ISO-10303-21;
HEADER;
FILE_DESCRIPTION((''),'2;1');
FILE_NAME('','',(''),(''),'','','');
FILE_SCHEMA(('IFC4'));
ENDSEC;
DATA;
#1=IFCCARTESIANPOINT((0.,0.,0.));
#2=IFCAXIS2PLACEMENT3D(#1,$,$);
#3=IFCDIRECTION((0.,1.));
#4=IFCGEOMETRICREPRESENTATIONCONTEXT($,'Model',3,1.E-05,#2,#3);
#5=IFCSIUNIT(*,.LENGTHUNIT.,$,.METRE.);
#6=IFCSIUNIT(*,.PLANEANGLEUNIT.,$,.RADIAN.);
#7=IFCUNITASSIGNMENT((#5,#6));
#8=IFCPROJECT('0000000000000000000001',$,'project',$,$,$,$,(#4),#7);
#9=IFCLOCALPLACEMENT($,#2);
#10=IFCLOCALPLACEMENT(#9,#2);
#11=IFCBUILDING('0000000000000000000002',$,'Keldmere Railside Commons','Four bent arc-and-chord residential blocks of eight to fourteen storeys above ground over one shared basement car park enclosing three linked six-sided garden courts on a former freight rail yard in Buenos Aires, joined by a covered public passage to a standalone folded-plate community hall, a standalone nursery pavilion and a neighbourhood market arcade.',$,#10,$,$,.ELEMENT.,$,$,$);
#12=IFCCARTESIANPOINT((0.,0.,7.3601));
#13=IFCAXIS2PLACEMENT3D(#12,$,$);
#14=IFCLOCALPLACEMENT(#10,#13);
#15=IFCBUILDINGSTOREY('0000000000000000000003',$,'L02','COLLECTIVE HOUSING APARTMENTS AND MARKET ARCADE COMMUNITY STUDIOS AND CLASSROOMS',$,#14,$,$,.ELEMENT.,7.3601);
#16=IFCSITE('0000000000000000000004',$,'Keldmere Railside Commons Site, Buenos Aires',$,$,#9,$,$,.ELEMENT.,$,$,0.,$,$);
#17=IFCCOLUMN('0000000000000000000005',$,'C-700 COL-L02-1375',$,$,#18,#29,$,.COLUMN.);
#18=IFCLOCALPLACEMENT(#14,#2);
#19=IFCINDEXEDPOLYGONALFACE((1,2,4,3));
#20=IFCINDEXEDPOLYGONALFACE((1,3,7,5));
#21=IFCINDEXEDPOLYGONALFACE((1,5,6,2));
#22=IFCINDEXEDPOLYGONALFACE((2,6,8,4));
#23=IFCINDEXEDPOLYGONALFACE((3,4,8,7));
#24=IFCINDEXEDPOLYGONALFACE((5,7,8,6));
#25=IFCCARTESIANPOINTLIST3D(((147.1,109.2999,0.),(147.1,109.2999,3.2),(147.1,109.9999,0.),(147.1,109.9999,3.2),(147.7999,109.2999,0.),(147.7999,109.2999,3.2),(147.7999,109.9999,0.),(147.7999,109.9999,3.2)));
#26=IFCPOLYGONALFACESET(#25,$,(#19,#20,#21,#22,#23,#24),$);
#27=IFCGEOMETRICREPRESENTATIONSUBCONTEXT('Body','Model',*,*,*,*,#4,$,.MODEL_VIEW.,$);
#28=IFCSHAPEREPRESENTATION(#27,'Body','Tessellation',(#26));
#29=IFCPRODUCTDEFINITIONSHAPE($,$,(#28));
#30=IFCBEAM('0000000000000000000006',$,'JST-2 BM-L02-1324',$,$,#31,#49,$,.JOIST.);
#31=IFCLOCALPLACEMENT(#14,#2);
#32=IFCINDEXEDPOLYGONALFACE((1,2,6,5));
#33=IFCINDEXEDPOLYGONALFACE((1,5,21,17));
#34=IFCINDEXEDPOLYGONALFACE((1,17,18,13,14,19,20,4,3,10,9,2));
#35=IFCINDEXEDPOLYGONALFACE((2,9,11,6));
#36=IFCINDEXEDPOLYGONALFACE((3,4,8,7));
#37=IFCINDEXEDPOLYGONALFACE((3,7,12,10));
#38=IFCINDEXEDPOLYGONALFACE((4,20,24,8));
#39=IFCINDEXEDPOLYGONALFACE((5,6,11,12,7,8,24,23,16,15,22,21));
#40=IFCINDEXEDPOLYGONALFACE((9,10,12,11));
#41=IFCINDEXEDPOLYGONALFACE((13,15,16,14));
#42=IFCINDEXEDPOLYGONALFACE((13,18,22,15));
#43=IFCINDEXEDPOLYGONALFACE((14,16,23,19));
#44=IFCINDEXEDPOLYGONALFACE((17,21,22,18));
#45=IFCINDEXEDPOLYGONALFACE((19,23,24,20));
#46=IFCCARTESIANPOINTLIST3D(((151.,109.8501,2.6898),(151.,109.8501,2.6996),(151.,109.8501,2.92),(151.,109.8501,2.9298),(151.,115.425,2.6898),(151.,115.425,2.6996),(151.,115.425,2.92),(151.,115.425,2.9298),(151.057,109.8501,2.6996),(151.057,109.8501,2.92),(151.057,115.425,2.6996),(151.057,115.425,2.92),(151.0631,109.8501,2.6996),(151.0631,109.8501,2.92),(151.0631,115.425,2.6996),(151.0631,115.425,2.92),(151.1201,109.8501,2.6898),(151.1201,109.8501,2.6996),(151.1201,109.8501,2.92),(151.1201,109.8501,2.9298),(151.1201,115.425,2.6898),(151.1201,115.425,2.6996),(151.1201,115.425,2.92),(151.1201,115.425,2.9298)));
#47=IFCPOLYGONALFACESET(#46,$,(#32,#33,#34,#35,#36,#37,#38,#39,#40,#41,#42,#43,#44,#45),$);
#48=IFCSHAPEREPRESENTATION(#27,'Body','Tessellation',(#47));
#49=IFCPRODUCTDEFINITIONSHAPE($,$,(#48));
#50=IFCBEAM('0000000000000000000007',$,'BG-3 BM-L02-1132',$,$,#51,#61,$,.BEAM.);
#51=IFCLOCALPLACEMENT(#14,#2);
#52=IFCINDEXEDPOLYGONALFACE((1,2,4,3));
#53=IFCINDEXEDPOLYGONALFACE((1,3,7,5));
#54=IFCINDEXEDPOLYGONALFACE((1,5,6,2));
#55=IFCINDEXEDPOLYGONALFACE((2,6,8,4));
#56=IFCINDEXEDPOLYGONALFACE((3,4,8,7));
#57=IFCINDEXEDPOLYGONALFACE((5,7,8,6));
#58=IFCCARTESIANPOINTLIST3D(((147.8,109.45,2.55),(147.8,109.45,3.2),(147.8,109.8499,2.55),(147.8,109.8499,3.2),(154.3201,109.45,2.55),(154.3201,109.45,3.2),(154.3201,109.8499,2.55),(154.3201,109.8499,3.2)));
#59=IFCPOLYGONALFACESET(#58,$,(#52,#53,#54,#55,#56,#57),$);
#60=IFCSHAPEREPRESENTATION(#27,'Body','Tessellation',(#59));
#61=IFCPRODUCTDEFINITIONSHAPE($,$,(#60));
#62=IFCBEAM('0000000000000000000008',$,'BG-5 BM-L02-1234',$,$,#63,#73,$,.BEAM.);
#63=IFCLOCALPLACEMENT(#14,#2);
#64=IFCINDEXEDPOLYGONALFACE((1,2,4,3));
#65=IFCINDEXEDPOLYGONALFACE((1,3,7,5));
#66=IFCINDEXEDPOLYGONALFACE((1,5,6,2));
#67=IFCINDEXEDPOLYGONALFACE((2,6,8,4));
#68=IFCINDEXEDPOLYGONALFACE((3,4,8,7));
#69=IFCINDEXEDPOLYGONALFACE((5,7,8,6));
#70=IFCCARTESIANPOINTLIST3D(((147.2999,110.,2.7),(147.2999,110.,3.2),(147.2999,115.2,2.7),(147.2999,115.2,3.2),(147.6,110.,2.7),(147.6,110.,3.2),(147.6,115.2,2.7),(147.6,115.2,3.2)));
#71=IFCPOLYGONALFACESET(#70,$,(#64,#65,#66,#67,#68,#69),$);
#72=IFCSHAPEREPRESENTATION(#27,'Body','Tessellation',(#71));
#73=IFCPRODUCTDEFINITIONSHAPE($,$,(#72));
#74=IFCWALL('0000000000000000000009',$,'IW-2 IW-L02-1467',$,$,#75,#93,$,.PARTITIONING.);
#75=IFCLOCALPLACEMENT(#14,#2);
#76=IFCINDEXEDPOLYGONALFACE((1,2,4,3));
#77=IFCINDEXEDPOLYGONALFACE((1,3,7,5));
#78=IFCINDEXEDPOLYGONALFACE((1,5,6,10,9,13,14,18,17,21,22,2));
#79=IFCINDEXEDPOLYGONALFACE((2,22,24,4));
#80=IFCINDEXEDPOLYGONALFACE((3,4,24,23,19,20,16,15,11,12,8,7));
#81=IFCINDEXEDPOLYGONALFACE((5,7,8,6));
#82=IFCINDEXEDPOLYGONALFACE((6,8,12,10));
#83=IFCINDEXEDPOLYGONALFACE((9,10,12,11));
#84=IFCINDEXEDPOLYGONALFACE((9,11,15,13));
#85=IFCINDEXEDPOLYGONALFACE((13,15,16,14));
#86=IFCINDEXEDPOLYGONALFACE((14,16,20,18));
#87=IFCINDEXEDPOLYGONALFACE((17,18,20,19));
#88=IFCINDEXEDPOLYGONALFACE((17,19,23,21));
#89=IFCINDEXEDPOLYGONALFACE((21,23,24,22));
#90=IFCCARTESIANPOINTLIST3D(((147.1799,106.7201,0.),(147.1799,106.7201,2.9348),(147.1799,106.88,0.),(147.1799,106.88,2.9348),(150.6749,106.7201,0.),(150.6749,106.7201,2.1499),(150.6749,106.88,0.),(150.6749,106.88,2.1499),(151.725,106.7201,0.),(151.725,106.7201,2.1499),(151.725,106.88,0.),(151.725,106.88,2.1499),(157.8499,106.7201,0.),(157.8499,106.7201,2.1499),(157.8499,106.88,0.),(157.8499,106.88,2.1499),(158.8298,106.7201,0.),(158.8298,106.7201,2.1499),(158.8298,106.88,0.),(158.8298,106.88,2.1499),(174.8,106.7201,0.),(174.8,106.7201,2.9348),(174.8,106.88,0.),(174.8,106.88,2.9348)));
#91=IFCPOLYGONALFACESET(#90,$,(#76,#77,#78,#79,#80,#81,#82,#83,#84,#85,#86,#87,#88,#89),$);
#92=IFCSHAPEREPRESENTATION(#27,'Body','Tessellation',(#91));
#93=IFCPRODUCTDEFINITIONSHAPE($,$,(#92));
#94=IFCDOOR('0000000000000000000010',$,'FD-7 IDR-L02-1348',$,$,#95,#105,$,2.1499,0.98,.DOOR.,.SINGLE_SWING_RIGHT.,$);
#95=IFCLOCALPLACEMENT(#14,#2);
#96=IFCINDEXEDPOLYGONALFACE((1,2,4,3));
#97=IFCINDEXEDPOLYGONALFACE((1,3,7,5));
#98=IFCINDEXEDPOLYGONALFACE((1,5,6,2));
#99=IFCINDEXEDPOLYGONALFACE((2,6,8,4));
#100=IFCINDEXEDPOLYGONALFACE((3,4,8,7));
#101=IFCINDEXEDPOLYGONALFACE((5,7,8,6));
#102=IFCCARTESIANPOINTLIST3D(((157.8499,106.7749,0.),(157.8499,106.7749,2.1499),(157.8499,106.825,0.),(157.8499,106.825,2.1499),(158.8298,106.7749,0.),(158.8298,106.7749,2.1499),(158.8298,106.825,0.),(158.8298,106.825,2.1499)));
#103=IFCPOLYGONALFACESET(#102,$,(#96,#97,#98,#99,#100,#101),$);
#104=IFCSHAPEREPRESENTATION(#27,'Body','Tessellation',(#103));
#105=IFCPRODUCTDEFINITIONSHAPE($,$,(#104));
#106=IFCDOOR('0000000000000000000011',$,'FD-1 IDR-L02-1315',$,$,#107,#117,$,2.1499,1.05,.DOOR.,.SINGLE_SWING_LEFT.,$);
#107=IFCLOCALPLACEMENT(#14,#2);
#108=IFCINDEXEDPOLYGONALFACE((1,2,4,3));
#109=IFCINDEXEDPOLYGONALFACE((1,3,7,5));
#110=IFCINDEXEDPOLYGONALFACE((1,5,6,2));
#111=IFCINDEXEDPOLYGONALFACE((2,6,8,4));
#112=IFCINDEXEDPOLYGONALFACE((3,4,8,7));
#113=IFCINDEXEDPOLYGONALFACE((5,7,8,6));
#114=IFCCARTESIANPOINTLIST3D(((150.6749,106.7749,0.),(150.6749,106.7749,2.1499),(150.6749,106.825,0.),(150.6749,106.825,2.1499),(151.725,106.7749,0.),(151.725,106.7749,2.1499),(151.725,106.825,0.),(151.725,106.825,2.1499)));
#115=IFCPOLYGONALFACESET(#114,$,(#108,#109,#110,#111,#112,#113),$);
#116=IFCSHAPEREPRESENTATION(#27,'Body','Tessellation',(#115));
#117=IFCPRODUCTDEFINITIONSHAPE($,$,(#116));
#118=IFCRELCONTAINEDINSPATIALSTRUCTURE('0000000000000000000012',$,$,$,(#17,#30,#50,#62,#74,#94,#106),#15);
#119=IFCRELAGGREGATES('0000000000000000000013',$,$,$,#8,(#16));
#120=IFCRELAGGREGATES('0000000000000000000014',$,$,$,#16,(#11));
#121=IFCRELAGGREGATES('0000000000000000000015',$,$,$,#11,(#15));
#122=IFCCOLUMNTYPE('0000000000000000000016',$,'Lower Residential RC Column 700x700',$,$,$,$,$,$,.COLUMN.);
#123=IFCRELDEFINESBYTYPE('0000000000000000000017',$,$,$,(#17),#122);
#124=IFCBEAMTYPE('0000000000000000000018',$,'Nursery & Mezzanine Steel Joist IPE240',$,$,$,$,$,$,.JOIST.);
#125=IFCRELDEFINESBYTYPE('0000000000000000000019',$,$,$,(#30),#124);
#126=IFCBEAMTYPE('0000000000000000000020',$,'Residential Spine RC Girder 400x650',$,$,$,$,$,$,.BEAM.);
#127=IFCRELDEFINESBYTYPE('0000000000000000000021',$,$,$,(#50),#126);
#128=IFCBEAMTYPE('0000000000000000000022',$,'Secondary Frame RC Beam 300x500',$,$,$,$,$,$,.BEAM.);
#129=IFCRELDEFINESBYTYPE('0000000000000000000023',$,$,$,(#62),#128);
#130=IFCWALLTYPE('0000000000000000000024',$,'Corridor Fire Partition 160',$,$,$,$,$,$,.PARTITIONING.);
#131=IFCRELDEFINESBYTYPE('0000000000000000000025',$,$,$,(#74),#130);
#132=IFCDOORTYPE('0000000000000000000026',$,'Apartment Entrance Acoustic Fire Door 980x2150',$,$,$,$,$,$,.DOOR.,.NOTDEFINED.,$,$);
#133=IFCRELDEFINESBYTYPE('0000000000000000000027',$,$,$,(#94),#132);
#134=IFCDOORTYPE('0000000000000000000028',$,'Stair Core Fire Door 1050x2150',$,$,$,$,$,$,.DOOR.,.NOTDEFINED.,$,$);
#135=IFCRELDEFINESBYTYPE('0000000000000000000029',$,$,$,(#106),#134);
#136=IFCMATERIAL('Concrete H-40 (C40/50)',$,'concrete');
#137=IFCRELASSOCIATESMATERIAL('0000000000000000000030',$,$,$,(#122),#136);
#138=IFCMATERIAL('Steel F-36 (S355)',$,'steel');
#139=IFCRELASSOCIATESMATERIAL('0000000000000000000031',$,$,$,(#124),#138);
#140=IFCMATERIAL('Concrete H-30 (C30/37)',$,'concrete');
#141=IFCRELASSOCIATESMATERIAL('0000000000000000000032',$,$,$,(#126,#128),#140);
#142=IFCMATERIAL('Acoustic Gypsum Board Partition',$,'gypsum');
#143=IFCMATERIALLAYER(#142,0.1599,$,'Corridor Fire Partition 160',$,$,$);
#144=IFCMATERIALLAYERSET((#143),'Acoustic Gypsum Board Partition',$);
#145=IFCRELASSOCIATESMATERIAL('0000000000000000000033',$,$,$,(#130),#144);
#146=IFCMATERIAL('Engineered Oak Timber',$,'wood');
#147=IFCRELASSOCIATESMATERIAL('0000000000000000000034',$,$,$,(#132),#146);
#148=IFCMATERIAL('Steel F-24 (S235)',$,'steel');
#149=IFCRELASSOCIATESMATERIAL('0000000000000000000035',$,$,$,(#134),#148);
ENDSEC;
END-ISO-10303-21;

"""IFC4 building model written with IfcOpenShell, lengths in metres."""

from ifc_helpers import new_model, si_unit, direction, frame, frame_2d, origin, origin_2d, place, context, subcontext, project, spatial, rectangle, i_section, extrude, material, layer, layer_set, material_profile, profile_set, type_object, element, fill, save


model = new_model("IFC4")

# Units and contexts
model_context = context("Model", 3, precision=1e-05, world=origin(), true_north=direction((0.0, 1.0)))
body_context = subcontext(model_context, "Body", "Model", "MODEL_VIEW")
ifc_project = project(units=[si_unit("LENGTHUNIT", "METRE"), si_unit("PLANEANGLEUNIT", "RADIAN")], contexts=[model_context])

# Site, building, storey
site_placement = place(None, origin())
site = spatial("IfcSite", under=ifc_project, at=site_placement, Name="Keldmere Railside Commons Site, Buenos Aires", CompositionType="ELEMENT", RefElevation=0.0)
building_placement = place(site_placement, origin())
building = spatial("IfcBuilding", under=site, at=building_placement, Name="Keldmere Railside Commons", Description="Four bent arc-and-chord residential blocks of eight to fourteen storeys above ground over one shared basement car park enclosing three linked six-sided garden courts on a former freight rail yard in Buenos Aires, joined by a covered public passage to a standalone folded-plate community hall, a standalone nursery pavilion and a neighbourhood market arcade.", CompositionType="ELEMENT")
storey_placement = place(building_placement, frame((0.0, 0.0, 7.3601)))
storey = spatial("IfcBuildingStorey", under=building, at=storey_placement, Name="L02", Description="COLLECTIVE HOUSING APARTMENTS AND MARKET ARCADE COMMUNITY STUDIOS AND CLASSROOMS", CompositionType="ELEMENT", Elevation=7.3601)

# Column
ifc_material_1 = material(Name="Concrete H-40 (C40/50)", Category="concrete")
ifc_material_profile_1 = material_profile(ifc_material_1, rectangle(XDim=0.7, YDim=0.7, at=origin_2d()), Name="RC-700x700")
ifc_profile_set_1 = profile_set([ifc_material_profile_1], Name="Concrete H-40 (C40/50)")
column_type = type_object("IfcColumnType", Name="Lower Residential RC Column 700x700", PredefinedType="COLUMN", material=ifc_profile_set_1)
column_placement = place(storey_placement, frame((147.45, 109.6499, 0.0), z_axis=(0.0, 0.0, 1.0), x_axis=(1.0, 0.0, 0.0)))
element("IfcColumn", 1, at=column_placement, inside=storey, type_object=column_type, Name="C-700 COL-L02-1375", PredefinedType="COLUMN", context=body_context, shape_type="SweptSolid", body=[
    extrude(rectangle(XDim=0.7, YDim=0.7, at=origin_2d()), origin(), (0.0, 0.0, 1.0), 3.2),
])

# Beams
ifc_material_2 = material(Name="Steel F-36 (S355)", Category="steel")
ifc_material_profile_2 = material_profile(ifc_material_2, i_section(OverallWidth=0.1201, OverallDepth=0.24, WebThickness=0.0061, FlangeThickness=0.0098, at=origin_2d()), Name="IPE-240")
ifc_profile_set_2 = profile_set([ifc_material_profile_2], Name="Steel F-36 (S355)")
beam_type_1 = type_object("IfcBeamType", Name="Nursery & Mezzanine Steel Joist IPE240", PredefinedType="JOIST", material=ifc_profile_set_2)
beam_1_placement = place(storey_placement, frame((151.0601, 109.8501, 2.8098), z_axis=(0.0, 1.0, 0.0), x_axis=(-1.0, 0.0, 0.0)))
element("IfcBeam", 2, at=beam_1_placement, inside=storey, type_object=beam_type_1, Name="JST-2 BM-L02-1324", PredefinedType="JOIST", context=body_context, shape_type="SweptSolid", body=[
    extrude(i_section(OverallWidth=0.1201, OverallDepth=0.24, WebThickness=0.0061, FlangeThickness=0.0098, at=origin_2d()), origin(), (0.0, 0.0, 1.0), 5.575),
])
ifc_material_3 = material(Name="Concrete H-30 (C30/37)", Category="concrete")
ifc_material_profile_3 = material_profile(ifc_material_3, rectangle(XDim=0.3999, YDim=0.6499, at=origin_2d()), Name="RC-400x650")
ifc_profile_set_3 = profile_set([ifc_material_profile_3], Name="Concrete H-30 (C30/37)")
beam_type_2 = type_object("IfcBeamType", Name="Residential Spine RC Girder 400x650", PredefinedType="BEAM", material=ifc_profile_set_3)
beam_2_placement = place(storey_placement, frame((147.8, 109.6499, 2.875), z_axis=(1.0, 0.0, 0.0), x_axis=(0.0, 1.0, 0.0)))
element("IfcBeam", 3, at=beam_2_placement, inside=storey, type_object=beam_type_2, Name="BG-3 BM-L02-1132", PredefinedType="BEAM", context=body_context, shape_type="SweptSolid", body=[
    extrude(rectangle(XDim=0.3999, YDim=0.6499, at=origin_2d()), origin(), (0.0, 0.0, 1.0), 6.52),
])
ifc_material_profile_4 = material_profile(ifc_material_3, rectangle(XDim=0.3, YDim=0.5, at=origin_2d()), Name="RC-300x500")
ifc_profile_set_4 = profile_set([ifc_material_profile_4], Name="Concrete H-30 (C30/37)")
beam_type_3 = type_object("IfcBeamType", Name="Secondary Frame RC Beam 300x500", PredefinedType="BEAM", material=ifc_profile_set_4)
beam_3_placement = place(storey_placement, frame((147.45, 110.0, 2.95), z_axis=(0.0, 1.0, 0.0), x_axis=(-1.0, 0.0, 0.0)))
element("IfcBeam", 4, at=beam_3_placement, inside=storey, type_object=beam_type_3, Name="BG-5 BM-L02-1234", PredefinedType="BEAM", context=body_context, shape_type="SweptSolid", body=[
    extrude(rectangle(XDim=0.3, YDim=0.5, at=origin_2d()), origin(), (0.0, 0.0, 1.0), 5.2),
])

# Wall, openings, doors
ifc_material_4 = material(Name="Acoustic Gypsum Board Partition", Category="gypsum")
ifc_layer_1 = layer(ifc_material_4, 0.1599, Name="Corridor Fire Partition 160")
ifc_layer_set_1 = layer_set([ifc_layer_1], Name="Acoustic Gypsum Board Partition")
wall_type_1 = type_object("IfcWallType", Name="Corridor Fire Partition 160", PredefinedType="PARTITIONING", material=ifc_layer_set_1)
wall_1_placement = place(storey_placement, frame((147.1799, 106.8, 0.0), z_axis=(0.0, 0.0, 1.0), x_axis=(1.0, 0.0, 0.0)))
wall_1 = element("IfcWall", 5, at=wall_1_placement, inside=storey, type_object=wall_type_1, Name="IW-2 IW-L02-1467", PredefinedType="PARTITIONING", context=body_context, shape_type="SweptSolid", body=[
    extrude(rectangle(XDim=27.6201, YDim=0.1599, at=frame_2d((13.8101, 0.0))), origin(), (0.0, 0.0, 1.0), 2.9348),
])
opening_1_placement = place(wall_1_placement, frame((3.4951, 0.0, 0.0)))
opening_1 = element("IfcOpeningElement", 6, at=opening_1_placement, cuts=wall_1, PredefinedType="OPENING", context=body_context, shape_type="SweptSolid", body=[
    extrude(rectangle(XDim=1.05, YDim=2.1499, at=frame_2d((0.5249, 1.075))), frame((0.0, 0.0898, 0.0), z_axis=(0.0, -1.0, 0.0), x_axis=(1.0, 0.0, 0.0)), (0.0, 0.0, 1.0), 0.1799),
])
opening_2_placement = place(wall_1_placement, frame((10.6699, 0.0, 0.0)))
opening_2 = element("IfcOpeningElement", 7, at=opening_2_placement, cuts=wall_1, PredefinedType="OPENING", context=body_context, shape_type="SweptSolid", body=[
    extrude(rectangle(XDim=0.98, YDim=2.1499, at=frame_2d((0.49, 1.075))), frame((0.0, 0.0898, 0.0), z_axis=(0.0, -1.0, 0.0), x_axis=(1.0, 0.0, 0.0)), (0.0, 0.0, 1.0), 0.1799),
])
ifc_material_5 = material(Name="Engineered Oak Timber", Category="wood")
door_type_1 = type_object("IfcDoorType", Name="Apartment Entrance Acoustic Fire Door 980x2150", OperationType="NOTDEFINED", PredefinedType="DOOR", material=ifc_material_5)
door_1_placement = place(opening_2_placement, origin())
door_1 = element("IfcDoor", 8, at=door_1_placement, inside=storey, type_object=door_type_1, Name="FD-7 IDR-L02-1348", OperationType="SINGLE_SWING_RIGHT", OverallHeight=2.1499, OverallWidth=0.98, PredefinedType="DOOR", context=body_context, shape_type="SweptSolid", body=[
    extrude(rectangle(XDim=0.98, YDim=2.1499, at=frame_2d((0.49, 1.075))), frame((0.0, 0.0249, 0.0), z_axis=(0.0, -1.0, 0.0), x_axis=(1.0, 0.0, 0.0)), (0.0, 0.0, 1.0), 0.05),
])
fill(opening_2, door_1)
ifc_material_6 = material(Name="Steel F-24 (S235)", Category="steel")
door_type_2 = type_object("IfcDoorType", Name="Stair Core Fire Door 1050x2150", OperationType="NOTDEFINED", PredefinedType="DOOR", material=ifc_material_6)
door_2_placement = place(opening_1_placement, origin())
door_2 = element("IfcDoor", 9, at=door_2_placement, inside=storey, type_object=door_type_2, Name="FD-1 IDR-L02-1315", OperationType="SINGLE_SWING_LEFT", OverallHeight=2.1499, OverallWidth=1.05, PredefinedType="DOOR", context=body_context, shape_type="SweptSolid", body=[
    extrude(rectangle(XDim=1.05, YDim=2.1499, at=frame_2d((0.5249, 1.075))), frame((0.0, 0.0249, 0.0), z_axis=(0.0, -1.0, 0.0), x_axis=(1.0, 0.0, 0.0)), (0.0, 0.0, 1.0), 0.05),
])
fill(opening_1, door_2)

save(model, "model.ifc")
